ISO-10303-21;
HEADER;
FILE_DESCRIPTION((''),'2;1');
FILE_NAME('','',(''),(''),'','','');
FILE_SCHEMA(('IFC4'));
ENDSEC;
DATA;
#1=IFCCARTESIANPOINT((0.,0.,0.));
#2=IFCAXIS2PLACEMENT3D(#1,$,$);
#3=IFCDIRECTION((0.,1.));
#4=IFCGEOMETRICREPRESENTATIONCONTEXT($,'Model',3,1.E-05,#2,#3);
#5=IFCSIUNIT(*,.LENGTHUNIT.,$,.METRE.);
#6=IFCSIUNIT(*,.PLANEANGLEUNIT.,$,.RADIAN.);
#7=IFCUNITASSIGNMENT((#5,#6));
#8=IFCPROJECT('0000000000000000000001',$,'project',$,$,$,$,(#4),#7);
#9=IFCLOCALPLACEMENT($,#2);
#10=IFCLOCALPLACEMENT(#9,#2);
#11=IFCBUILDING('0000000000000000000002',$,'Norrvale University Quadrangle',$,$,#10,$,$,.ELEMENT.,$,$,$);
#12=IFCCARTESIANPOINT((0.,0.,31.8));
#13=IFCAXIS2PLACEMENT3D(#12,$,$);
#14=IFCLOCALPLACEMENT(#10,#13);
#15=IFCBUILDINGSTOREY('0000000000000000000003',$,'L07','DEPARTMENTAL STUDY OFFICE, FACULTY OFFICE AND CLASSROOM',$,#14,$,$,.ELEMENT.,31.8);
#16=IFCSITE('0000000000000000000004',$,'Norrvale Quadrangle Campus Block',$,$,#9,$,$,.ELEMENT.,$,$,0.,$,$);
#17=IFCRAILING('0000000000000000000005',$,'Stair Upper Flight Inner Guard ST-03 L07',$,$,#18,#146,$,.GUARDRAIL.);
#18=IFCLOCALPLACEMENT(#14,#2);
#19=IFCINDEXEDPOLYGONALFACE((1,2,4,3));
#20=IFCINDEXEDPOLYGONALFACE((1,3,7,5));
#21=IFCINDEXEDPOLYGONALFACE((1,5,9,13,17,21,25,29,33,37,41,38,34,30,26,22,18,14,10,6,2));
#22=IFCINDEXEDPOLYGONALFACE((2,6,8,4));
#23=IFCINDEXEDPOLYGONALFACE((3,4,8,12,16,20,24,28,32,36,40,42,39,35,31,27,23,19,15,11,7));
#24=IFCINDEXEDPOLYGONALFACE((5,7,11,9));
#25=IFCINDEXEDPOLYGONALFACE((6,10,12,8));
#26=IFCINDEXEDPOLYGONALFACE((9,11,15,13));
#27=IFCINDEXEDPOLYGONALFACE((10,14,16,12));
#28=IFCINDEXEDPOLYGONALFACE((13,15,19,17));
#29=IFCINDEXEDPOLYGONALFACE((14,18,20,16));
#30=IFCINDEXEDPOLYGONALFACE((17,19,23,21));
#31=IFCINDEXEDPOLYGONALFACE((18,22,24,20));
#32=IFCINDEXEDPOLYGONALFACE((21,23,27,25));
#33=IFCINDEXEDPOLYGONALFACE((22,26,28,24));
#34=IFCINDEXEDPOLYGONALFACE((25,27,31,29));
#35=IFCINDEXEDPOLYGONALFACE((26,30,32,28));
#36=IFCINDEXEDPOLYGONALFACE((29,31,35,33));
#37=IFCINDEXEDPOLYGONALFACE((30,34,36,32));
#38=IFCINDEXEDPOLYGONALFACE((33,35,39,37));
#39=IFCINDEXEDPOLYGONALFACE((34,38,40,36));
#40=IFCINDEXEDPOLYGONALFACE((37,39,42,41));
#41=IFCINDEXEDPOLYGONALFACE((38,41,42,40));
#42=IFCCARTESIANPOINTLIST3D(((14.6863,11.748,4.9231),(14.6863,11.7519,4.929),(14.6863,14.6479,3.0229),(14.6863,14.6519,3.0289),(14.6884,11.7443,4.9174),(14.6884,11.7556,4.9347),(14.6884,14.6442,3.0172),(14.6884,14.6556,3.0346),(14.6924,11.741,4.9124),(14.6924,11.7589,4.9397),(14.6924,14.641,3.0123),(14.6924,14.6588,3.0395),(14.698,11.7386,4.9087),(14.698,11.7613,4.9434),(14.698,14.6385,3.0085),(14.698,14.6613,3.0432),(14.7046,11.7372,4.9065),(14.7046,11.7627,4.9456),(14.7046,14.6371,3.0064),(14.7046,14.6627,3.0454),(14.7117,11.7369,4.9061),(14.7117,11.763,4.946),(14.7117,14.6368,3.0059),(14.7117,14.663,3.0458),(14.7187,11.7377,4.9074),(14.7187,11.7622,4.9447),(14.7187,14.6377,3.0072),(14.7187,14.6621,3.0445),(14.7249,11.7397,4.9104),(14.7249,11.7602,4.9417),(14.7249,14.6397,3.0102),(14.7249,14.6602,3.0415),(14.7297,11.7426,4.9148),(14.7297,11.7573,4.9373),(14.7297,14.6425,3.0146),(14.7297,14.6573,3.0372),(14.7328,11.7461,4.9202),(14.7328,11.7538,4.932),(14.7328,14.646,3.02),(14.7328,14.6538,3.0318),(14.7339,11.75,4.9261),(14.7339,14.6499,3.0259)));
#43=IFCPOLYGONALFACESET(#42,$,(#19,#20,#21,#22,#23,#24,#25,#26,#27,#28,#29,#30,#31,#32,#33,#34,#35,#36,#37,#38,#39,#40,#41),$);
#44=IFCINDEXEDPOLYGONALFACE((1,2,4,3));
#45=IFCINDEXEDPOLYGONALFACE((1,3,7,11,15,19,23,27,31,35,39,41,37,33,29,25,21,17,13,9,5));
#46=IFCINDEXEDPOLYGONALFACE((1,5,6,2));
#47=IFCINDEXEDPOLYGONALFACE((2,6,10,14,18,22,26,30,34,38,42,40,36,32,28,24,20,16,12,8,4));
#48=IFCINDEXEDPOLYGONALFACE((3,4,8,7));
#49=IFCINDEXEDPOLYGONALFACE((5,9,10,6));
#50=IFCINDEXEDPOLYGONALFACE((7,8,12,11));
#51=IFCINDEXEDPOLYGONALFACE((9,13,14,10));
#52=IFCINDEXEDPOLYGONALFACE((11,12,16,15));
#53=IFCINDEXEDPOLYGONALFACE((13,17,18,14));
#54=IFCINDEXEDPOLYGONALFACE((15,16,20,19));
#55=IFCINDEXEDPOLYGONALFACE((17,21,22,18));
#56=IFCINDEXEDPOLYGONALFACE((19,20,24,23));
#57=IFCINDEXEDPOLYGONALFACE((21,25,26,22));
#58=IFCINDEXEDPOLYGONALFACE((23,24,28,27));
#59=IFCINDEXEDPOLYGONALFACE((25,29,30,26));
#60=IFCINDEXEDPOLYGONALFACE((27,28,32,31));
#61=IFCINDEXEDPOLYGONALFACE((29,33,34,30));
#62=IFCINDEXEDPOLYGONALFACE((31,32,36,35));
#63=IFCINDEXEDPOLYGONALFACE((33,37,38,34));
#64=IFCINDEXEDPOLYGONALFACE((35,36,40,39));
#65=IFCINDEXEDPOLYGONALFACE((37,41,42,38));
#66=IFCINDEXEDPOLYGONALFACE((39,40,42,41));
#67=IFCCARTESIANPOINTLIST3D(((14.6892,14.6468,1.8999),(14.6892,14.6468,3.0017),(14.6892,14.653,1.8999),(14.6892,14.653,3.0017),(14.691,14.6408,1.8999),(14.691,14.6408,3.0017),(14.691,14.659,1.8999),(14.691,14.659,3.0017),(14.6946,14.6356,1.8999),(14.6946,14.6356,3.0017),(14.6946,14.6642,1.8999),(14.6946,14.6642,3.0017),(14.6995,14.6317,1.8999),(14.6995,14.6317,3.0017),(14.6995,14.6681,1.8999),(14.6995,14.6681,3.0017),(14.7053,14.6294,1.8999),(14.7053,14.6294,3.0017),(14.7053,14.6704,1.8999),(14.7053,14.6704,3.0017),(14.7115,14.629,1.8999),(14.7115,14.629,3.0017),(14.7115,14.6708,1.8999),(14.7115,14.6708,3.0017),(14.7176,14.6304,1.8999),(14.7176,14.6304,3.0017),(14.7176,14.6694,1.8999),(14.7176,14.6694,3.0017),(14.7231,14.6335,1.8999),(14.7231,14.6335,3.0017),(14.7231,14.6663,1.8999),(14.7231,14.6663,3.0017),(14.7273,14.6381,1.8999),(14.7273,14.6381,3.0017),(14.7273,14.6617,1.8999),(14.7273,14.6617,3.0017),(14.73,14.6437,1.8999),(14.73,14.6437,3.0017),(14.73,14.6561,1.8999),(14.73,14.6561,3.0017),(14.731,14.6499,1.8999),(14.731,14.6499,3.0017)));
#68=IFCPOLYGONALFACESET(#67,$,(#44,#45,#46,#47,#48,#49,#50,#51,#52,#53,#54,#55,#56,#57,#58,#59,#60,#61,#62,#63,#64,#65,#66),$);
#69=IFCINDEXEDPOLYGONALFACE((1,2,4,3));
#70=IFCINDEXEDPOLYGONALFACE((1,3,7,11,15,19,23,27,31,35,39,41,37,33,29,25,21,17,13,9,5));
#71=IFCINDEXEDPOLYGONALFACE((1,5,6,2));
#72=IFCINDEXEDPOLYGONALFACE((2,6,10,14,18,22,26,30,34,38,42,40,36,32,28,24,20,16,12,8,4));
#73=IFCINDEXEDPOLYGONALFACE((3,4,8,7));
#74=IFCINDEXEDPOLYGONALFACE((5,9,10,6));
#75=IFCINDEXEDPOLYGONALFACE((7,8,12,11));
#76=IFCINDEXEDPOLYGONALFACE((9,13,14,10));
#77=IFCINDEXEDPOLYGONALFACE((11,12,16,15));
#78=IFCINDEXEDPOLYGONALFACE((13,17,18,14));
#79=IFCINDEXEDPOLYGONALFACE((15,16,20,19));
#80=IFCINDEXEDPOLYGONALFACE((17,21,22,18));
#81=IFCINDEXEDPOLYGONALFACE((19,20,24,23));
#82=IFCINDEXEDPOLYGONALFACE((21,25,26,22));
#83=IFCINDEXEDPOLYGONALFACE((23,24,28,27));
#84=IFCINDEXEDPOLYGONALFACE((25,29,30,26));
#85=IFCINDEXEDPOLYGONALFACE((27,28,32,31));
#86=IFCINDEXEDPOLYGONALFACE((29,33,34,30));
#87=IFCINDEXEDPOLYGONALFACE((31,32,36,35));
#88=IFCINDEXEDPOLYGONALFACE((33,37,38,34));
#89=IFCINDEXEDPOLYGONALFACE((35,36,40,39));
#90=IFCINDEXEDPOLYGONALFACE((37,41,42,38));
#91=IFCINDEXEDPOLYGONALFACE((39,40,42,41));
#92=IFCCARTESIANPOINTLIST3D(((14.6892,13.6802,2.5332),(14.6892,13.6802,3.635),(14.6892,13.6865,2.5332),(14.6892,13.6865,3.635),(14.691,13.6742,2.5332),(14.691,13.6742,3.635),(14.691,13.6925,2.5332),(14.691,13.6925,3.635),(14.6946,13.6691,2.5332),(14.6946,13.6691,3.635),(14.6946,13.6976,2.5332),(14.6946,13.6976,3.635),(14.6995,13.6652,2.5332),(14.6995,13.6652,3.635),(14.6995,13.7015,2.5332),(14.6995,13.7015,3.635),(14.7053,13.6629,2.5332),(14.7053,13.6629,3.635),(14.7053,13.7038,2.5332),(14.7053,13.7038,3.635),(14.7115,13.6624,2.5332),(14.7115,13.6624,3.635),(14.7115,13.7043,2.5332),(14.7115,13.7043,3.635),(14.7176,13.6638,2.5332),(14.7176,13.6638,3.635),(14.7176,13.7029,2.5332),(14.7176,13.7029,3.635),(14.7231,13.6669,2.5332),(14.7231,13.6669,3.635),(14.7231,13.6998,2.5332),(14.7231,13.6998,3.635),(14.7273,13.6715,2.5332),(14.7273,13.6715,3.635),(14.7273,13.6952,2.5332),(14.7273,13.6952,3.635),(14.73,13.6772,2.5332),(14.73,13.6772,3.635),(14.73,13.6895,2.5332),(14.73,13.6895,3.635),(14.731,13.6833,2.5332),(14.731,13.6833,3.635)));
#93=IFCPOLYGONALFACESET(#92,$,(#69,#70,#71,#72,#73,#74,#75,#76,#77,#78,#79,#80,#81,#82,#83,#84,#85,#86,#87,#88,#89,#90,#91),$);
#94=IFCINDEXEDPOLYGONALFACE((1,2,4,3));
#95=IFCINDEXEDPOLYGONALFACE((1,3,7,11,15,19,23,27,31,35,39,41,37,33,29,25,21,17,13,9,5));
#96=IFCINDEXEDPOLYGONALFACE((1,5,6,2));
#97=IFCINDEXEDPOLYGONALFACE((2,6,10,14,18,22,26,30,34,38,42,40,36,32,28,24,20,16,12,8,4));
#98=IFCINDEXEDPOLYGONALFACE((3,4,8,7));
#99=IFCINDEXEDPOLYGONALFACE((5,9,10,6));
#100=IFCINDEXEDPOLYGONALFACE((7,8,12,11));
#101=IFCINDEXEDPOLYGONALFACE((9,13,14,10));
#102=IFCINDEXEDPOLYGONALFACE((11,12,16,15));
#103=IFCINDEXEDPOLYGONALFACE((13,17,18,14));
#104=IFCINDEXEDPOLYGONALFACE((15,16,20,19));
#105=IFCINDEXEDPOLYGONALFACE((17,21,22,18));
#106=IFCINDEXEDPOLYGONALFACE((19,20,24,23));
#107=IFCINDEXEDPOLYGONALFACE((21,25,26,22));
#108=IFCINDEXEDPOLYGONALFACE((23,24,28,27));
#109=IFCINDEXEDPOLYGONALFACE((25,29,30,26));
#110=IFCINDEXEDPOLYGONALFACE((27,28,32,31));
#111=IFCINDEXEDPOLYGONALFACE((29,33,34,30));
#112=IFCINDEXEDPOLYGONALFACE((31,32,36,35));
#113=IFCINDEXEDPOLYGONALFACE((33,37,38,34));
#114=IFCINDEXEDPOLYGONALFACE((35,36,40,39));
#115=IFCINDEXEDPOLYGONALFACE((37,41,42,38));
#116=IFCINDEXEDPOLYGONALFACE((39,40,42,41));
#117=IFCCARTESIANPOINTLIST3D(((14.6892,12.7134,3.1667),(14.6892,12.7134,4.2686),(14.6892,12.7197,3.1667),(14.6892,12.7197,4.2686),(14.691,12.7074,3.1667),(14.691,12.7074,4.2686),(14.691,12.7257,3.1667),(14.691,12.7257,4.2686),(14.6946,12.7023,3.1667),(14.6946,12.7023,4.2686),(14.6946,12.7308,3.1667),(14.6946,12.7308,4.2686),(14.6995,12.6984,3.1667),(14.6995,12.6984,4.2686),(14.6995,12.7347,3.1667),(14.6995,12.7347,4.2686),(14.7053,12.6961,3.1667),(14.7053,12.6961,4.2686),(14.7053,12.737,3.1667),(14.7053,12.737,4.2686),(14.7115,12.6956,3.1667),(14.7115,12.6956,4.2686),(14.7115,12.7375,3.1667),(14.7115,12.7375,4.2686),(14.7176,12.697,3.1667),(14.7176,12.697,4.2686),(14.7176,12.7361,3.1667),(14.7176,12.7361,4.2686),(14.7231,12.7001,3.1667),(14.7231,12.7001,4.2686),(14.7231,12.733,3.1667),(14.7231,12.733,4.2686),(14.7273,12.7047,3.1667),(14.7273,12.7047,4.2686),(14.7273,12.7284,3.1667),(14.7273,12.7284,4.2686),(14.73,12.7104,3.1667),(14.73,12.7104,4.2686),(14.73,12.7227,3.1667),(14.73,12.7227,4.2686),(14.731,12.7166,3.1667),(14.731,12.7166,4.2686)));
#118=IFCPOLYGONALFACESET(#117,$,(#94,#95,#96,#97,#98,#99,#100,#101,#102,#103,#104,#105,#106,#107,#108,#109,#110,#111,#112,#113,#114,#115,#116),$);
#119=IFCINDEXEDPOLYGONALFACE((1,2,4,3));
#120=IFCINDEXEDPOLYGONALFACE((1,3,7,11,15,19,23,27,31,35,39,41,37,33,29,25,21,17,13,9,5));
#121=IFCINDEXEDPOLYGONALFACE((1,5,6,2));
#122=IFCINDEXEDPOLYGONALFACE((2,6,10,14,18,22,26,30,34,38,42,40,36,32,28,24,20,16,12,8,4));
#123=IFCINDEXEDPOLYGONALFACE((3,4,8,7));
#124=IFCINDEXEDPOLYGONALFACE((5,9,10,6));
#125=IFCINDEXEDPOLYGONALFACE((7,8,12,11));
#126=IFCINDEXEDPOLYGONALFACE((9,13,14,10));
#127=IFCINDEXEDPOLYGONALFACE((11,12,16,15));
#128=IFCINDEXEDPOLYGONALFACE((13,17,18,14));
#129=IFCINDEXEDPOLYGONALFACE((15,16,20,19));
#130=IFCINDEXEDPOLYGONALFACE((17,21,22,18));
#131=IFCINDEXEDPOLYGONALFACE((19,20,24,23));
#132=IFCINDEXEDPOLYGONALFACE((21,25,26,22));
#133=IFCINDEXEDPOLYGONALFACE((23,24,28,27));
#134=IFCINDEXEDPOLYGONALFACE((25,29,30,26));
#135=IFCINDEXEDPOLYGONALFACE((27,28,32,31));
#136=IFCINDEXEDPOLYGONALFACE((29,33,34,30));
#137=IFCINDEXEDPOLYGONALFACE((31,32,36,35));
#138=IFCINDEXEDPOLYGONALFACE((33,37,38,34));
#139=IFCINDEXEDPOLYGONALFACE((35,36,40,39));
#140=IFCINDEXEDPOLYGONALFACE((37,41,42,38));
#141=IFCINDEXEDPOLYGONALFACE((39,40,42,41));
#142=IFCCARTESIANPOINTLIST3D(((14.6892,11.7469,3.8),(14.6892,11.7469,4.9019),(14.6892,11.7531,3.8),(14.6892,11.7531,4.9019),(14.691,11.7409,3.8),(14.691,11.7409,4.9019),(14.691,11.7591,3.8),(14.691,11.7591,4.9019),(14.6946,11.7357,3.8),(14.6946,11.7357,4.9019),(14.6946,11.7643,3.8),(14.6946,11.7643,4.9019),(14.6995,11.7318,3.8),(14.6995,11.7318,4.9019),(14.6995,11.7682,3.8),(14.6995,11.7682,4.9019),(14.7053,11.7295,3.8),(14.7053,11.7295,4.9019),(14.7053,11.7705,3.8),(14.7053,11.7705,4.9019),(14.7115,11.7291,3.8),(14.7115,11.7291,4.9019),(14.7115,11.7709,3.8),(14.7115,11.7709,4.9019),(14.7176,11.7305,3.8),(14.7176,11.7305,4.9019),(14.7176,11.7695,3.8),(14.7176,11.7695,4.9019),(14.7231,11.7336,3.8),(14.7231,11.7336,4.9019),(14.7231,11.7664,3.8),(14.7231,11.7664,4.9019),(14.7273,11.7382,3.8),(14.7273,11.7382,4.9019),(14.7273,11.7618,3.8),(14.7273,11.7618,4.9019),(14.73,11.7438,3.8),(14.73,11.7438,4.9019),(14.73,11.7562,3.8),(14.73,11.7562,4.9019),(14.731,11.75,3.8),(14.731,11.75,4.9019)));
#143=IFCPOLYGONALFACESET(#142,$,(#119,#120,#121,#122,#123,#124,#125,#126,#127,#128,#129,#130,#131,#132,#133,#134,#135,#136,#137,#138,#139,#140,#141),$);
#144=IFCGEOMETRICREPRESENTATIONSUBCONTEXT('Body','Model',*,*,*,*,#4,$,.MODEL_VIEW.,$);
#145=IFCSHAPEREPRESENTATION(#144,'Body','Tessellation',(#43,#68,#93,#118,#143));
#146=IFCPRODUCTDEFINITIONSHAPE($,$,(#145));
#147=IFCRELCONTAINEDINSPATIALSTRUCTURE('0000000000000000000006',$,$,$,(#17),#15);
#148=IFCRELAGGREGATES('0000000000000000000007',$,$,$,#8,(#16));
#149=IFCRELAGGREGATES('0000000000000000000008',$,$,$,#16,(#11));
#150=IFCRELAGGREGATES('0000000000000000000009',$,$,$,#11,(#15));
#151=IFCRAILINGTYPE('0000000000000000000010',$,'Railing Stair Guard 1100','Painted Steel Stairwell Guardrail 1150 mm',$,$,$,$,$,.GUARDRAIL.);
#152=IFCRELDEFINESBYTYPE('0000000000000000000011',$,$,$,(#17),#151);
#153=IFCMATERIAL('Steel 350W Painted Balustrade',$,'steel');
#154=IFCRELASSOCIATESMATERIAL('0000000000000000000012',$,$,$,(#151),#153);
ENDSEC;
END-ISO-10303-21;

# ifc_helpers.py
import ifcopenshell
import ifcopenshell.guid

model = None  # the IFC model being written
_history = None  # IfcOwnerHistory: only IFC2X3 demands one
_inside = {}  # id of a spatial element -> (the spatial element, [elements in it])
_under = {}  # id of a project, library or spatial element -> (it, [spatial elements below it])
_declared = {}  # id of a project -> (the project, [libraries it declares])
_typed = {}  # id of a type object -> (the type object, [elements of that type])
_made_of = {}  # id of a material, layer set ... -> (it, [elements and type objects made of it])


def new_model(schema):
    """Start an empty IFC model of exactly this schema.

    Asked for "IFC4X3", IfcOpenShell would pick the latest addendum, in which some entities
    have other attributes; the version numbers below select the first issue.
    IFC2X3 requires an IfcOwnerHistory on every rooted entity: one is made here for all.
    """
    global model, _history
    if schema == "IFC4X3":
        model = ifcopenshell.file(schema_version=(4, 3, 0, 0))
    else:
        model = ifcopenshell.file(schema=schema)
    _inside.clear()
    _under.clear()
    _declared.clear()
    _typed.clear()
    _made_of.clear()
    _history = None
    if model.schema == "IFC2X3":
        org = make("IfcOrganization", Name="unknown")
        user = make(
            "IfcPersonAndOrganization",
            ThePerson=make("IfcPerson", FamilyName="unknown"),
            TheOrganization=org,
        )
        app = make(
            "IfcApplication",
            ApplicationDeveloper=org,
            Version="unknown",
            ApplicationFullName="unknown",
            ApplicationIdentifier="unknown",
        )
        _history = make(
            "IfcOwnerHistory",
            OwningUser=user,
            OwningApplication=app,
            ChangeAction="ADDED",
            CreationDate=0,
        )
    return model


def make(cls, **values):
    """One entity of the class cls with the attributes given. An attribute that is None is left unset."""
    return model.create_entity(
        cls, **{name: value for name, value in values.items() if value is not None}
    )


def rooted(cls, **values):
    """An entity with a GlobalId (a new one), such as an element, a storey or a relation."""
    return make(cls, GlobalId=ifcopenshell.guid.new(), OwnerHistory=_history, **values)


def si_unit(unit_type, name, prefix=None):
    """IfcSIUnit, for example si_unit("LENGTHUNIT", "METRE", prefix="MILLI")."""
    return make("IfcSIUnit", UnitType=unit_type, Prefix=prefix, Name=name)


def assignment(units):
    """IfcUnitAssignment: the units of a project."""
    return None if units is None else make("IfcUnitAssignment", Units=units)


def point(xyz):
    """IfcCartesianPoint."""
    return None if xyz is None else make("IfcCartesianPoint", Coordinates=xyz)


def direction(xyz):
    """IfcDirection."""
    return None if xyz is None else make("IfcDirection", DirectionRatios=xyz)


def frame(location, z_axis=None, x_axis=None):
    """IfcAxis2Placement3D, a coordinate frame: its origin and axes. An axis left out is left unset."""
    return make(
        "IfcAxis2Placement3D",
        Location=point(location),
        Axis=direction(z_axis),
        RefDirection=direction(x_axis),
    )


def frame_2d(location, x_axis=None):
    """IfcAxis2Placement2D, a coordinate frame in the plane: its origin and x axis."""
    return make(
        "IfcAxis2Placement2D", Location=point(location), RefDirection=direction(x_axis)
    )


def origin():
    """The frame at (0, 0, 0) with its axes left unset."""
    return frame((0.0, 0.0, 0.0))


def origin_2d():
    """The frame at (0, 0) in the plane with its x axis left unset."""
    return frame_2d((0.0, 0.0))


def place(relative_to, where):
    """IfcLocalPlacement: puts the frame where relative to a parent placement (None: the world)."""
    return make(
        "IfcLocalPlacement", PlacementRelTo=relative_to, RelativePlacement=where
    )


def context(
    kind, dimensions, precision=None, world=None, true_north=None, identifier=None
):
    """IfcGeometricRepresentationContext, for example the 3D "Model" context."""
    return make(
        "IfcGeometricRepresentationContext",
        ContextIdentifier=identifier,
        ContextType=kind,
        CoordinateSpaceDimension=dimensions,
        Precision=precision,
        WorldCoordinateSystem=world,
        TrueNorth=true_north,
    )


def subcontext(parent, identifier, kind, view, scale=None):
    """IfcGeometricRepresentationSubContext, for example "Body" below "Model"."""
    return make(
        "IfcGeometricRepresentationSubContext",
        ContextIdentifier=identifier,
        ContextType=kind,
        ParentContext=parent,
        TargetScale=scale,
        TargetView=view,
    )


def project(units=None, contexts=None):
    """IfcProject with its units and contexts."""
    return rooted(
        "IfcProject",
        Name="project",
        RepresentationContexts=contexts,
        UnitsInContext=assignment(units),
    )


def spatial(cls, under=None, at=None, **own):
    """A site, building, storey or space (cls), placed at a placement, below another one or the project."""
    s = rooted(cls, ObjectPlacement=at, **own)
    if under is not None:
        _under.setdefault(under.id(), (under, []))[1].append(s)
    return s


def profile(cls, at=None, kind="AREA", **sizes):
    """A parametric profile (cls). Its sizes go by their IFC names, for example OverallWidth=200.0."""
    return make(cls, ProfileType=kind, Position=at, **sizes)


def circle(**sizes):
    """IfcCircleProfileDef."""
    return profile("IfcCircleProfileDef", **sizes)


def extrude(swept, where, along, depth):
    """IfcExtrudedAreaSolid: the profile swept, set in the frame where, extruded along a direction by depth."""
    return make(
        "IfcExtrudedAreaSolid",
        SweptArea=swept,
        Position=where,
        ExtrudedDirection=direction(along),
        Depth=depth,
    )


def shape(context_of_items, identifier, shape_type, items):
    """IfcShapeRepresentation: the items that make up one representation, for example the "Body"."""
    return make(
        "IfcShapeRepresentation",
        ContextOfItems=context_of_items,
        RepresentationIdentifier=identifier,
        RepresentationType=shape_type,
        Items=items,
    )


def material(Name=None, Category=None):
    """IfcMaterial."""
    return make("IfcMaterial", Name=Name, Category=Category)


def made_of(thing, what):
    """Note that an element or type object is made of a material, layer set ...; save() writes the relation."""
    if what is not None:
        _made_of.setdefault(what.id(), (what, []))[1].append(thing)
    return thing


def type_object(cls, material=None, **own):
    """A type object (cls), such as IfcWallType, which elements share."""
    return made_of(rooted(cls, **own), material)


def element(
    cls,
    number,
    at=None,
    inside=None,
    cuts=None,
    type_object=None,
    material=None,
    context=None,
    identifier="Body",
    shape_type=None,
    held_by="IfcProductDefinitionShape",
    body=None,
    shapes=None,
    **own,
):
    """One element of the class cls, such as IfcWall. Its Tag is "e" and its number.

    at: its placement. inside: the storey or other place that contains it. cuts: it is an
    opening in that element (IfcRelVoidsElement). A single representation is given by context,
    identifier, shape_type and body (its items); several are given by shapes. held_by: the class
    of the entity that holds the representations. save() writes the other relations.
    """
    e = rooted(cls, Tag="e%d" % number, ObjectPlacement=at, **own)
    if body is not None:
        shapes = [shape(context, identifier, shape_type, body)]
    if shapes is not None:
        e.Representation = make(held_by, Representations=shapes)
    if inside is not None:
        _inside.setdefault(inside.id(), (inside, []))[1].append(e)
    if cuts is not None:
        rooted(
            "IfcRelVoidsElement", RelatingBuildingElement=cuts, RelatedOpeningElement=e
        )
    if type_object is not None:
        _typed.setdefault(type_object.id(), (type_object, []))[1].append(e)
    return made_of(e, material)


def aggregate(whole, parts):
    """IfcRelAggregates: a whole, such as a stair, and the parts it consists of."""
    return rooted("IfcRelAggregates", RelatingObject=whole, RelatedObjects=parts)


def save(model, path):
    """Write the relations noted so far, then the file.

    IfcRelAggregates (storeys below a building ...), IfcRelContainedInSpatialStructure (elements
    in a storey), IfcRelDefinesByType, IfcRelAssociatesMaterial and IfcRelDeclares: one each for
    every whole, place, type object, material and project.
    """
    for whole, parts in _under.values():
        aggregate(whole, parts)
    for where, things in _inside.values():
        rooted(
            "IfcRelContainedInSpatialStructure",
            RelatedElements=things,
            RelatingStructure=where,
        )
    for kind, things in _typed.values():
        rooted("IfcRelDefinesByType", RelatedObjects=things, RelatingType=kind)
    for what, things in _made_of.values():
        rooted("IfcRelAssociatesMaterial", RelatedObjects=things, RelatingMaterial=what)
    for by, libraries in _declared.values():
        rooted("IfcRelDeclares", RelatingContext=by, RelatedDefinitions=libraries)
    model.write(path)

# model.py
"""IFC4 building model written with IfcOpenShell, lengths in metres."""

from ifc_helpers import new_model, si_unit, direction, frame, origin, origin_2d, place, context, subcontext, project, spatial, circle, extrude, material, type_object, element, save


model = new_model("IFC4")

# Units and contexts
model_context = context("Model", 3, precision=1e-05, world=origin(), true_north=direction((0.0, 1.0)))
body_context = subcontext(model_context, "Body", "Model", "MODEL_VIEW")
ifc_project = project(units=[si_unit("LENGTHUNIT", "METRE"), si_unit("PLANEANGLEUNIT", "RADIAN")], contexts=[model_context])

# Site, building, storey
site_placement = place(None, origin())
site = spatial("IfcSite", under=ifc_project, at=site_placement, Name="Norrvale Quadrangle Campus Block", CompositionType="ELEMENT", RefElevation=0.0)
building_placement = place(site_placement, origin())
building = spatial("IfcBuilding", under=site, at=building_placement, Name="Norrvale University Quadrangle", CompositionType="ELEMENT")
storey_placement = place(building_placement, frame((0.0, 0.0, 31.8)))
storey = spatial("IfcBuildingStorey", under=building, at=storey_placement, Name="L07", Description="DEPARTMENTAL STUDY OFFICE, FACULTY OFFICE AND CLASSROOM", CompositionType="ELEMENT", Elevation=31.8)

# Railing
ifc_material_1 = material(Name="Steel 350W Painted Balustrade", Category="steel")
railing_type_1 = type_object("IfcRailingType", Name="Railing Stair Guard 1100", Description="Painted Steel Stairwell Guardrail 1150 mm", PredefinedType="GUARDRAIL", material=ifc_material_1)
railing_1_placement = place(storey_placement, frame((14.71, 14.6499, 1.8999)))
element("IfcRailing", 1, at=railing_1_placement, inside=storey, type_object=railing_type_1, Name="Stair Upper Flight Inner Guard ST-03 L07", PredefinedType="GUARDRAIL", context=body_context, shape_type="SweptSolid", body=[
    extrude(circle(Radius=0.0239, at=origin_2d()), frame((0.0, 0.0, 1.126), z_axis=(0.0, -0.836433, 0.548069), x_axis=(1.0, 0.0, 0.0)), (0.0, 0.0, 1.0), 3.467),
    extrude(circle(Radius=0.021, at=origin_2d()), origin(), (0.0, 0.0, 1.0), 1.1018),
    extrude(circle(Radius=0.021, at=origin_2d()), frame((0.0, -0.9666, 0.6333)), (0.0, 0.0, 1.0), 1.1018),
    extrude(circle(Radius=0.021, at=origin_2d()), frame((0.0, -1.9333, 1.2668)), (0.0, 0.0, 1.0), 1.1018),
    extrude(circle(Radius=0.021, at=origin_2d()), frame((0.0, -2.8999, 1.9001)), (0.0, 0.0, 1.0), 1.1018),
])

save(model, "model.ifc")
